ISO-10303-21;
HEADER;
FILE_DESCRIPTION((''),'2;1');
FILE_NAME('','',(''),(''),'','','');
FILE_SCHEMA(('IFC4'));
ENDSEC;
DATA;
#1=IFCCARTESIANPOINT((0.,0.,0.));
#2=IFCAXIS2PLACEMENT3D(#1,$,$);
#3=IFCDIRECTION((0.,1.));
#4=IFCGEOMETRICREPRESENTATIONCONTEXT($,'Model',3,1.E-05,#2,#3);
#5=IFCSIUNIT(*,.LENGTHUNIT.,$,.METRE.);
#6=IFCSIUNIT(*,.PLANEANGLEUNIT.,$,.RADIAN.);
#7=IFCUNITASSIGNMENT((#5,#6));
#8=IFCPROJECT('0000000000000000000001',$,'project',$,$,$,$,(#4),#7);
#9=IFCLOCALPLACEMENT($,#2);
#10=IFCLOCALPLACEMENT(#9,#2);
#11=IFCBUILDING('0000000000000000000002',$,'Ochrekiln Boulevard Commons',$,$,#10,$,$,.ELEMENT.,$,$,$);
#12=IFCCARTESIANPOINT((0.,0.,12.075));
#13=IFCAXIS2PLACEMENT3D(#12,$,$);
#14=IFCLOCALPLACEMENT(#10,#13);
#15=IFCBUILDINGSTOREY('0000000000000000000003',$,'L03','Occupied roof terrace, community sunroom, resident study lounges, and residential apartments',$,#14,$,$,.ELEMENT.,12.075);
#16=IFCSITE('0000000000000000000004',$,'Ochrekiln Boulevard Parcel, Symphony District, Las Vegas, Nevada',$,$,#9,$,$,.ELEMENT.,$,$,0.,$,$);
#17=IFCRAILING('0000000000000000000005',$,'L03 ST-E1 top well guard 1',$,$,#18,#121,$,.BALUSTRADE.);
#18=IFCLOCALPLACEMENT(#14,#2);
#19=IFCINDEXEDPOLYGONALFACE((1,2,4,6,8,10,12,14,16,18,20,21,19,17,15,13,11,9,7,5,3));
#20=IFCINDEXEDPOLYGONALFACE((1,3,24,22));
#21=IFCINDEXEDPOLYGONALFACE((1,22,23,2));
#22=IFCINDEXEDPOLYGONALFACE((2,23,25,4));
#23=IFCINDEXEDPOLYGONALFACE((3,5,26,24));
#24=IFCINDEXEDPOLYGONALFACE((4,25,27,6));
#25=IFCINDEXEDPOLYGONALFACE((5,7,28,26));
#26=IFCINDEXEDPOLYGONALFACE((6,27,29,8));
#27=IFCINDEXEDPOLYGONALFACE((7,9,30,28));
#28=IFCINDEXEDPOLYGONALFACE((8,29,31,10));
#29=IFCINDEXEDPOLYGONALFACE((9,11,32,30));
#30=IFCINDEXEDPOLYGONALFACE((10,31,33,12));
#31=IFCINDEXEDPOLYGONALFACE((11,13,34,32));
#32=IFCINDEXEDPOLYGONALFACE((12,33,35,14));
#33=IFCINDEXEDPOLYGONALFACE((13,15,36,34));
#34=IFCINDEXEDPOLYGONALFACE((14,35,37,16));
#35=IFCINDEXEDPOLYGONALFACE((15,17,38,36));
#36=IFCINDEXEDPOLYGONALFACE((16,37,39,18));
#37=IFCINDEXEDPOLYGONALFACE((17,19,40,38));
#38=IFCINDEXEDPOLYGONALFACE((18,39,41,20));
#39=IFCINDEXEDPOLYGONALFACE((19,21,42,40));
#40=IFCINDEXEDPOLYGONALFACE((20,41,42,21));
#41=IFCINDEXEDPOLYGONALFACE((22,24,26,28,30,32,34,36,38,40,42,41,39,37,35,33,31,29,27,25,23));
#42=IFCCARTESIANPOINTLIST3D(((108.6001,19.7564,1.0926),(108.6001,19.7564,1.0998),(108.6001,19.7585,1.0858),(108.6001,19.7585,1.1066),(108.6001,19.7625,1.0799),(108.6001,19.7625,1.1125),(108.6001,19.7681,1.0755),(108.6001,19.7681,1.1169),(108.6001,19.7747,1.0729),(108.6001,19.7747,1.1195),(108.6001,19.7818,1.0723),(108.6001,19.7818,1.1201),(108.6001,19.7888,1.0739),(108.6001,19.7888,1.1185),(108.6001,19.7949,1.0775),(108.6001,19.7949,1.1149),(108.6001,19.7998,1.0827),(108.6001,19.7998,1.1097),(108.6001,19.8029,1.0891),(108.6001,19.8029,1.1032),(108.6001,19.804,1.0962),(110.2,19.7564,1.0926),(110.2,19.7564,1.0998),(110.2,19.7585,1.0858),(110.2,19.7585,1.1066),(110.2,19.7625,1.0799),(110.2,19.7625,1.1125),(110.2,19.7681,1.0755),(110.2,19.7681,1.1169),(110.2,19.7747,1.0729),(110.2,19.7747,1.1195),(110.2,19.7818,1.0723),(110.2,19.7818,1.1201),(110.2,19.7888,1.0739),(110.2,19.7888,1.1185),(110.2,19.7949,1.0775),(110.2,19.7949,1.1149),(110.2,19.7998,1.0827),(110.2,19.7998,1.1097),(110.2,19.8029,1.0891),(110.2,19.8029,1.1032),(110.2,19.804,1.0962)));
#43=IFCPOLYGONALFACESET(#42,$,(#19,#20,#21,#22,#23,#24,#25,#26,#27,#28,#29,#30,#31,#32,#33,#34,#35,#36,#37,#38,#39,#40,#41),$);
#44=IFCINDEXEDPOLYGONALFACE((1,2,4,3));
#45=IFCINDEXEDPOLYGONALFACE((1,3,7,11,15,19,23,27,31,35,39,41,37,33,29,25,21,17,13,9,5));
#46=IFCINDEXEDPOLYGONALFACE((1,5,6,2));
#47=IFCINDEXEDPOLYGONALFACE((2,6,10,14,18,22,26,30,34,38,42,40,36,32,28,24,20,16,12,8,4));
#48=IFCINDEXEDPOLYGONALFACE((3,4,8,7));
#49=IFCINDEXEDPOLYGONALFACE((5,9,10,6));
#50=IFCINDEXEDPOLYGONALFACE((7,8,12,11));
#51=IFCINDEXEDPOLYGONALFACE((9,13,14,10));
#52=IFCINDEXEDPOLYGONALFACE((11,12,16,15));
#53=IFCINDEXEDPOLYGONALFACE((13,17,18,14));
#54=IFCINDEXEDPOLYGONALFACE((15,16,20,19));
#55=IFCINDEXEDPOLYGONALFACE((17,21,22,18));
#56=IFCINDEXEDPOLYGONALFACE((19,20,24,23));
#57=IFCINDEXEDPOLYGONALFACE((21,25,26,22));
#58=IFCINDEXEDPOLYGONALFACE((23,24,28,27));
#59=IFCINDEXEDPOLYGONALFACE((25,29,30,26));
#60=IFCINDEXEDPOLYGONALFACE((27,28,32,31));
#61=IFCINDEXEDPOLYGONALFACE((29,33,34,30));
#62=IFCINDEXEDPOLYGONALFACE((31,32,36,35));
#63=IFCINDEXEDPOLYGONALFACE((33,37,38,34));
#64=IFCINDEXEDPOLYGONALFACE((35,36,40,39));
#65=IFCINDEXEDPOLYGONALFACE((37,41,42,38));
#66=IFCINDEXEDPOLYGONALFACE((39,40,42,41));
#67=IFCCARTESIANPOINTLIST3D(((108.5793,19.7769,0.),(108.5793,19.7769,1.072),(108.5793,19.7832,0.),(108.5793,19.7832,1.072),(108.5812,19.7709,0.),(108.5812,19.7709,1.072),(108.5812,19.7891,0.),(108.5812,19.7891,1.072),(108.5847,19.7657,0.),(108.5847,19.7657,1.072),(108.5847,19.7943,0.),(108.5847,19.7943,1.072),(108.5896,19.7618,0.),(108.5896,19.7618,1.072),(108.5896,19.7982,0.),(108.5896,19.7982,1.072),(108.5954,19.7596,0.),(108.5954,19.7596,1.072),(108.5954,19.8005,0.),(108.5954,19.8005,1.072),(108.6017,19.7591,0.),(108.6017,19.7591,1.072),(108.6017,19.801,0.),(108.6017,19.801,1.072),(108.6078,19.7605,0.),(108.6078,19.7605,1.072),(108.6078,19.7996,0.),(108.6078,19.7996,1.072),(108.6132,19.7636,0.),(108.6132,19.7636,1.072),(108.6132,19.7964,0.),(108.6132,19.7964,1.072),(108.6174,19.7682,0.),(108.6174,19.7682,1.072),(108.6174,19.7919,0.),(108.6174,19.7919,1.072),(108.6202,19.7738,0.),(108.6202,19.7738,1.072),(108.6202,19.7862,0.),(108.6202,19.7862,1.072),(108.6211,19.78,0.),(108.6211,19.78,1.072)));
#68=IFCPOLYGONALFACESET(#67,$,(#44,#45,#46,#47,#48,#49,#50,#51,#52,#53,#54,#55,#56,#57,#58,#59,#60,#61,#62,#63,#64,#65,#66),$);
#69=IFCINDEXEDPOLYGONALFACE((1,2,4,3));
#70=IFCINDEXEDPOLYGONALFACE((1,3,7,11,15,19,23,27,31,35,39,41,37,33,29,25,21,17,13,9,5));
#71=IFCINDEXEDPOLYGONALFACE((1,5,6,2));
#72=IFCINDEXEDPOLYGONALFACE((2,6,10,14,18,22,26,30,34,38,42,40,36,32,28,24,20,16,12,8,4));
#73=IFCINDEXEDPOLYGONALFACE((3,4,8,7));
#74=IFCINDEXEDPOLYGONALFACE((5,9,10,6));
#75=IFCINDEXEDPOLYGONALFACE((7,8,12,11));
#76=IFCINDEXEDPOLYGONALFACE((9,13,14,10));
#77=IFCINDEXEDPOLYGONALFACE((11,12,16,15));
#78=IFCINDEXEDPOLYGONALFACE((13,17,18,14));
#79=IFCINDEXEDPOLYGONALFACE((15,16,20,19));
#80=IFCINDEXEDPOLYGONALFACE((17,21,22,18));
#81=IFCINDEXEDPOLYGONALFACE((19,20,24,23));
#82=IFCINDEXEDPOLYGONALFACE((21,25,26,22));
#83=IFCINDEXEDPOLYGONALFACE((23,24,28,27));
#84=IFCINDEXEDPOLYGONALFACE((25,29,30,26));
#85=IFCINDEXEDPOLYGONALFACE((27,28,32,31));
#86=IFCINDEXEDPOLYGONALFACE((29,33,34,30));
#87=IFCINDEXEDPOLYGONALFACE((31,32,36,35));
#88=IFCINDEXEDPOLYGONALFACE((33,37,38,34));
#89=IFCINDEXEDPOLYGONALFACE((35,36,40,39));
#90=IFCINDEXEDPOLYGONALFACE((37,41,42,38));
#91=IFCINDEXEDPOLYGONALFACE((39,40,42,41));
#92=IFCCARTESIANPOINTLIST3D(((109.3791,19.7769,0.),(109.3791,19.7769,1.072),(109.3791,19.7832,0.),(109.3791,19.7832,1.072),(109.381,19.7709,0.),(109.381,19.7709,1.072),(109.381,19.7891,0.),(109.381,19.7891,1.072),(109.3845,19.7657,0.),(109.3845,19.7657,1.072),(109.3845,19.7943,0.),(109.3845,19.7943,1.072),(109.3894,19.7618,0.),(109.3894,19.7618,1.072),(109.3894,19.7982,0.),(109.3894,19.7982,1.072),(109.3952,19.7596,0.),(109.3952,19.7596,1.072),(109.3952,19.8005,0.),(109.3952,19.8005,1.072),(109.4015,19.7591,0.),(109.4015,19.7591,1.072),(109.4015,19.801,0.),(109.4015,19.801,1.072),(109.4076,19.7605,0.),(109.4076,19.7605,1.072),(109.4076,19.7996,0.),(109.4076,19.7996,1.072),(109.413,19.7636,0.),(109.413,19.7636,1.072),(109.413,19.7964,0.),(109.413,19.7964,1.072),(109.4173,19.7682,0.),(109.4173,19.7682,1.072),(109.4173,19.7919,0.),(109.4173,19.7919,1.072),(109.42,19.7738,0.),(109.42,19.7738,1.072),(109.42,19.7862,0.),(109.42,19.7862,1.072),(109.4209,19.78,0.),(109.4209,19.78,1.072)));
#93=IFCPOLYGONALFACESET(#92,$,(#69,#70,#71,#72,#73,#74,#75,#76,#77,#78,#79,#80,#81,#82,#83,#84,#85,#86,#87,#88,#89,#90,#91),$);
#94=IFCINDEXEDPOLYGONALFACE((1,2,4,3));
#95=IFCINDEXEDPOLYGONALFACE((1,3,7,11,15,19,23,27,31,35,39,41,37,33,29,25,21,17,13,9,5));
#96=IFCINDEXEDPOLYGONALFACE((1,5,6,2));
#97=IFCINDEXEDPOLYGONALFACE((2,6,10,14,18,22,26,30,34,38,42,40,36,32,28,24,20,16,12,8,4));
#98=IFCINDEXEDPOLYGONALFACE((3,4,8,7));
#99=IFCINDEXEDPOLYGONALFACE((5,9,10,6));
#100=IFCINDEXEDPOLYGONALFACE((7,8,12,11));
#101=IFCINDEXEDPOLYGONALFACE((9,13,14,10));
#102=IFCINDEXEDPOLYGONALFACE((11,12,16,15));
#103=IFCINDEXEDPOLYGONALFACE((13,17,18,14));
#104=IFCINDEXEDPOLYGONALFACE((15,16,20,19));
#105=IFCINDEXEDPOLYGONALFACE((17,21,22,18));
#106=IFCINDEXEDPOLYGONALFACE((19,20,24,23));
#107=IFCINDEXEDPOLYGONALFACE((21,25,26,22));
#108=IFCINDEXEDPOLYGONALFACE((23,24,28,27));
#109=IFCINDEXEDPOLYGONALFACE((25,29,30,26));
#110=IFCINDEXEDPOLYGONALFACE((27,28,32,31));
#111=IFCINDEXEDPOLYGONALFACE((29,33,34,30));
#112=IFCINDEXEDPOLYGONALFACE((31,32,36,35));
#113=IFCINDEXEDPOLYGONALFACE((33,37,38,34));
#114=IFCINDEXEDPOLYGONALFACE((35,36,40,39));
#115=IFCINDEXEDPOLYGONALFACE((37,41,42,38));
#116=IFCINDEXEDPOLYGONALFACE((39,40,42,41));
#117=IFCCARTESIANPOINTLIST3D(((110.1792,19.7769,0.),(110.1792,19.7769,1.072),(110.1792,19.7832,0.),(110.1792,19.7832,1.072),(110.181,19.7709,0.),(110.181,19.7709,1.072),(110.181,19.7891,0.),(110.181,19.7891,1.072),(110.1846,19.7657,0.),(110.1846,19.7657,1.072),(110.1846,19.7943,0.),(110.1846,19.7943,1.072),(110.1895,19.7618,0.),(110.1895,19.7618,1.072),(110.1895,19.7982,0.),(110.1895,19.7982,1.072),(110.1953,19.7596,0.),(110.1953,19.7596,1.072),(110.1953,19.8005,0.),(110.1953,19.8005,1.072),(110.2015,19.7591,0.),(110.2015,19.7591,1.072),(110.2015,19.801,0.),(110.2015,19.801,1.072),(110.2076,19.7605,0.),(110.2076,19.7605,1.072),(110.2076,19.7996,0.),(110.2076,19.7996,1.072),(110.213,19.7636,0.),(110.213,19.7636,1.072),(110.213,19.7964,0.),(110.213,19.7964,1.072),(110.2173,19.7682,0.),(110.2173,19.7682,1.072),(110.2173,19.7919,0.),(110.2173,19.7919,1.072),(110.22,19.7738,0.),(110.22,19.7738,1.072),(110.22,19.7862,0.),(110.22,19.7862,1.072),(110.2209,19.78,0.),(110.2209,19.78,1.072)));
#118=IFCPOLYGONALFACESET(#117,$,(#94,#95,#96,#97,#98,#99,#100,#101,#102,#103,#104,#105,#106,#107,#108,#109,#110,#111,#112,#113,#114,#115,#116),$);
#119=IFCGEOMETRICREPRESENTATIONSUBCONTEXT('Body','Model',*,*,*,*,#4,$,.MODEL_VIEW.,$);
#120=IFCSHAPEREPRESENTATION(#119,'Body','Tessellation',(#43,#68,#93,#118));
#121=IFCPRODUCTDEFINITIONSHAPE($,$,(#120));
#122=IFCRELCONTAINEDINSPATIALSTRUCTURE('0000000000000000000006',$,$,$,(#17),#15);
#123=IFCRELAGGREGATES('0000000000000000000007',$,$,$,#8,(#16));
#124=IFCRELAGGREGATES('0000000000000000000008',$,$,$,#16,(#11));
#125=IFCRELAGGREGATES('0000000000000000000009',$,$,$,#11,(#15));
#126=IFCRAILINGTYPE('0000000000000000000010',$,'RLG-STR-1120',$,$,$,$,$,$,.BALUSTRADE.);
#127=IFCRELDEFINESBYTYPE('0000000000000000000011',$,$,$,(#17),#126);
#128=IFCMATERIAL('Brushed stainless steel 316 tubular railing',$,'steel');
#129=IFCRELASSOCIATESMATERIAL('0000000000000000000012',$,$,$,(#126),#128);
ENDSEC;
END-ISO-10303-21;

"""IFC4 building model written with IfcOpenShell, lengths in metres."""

from ifc_helpers import new_model, si_unit, direction, frame, origin, origin_2d, place, context, subcontext, project, spatial, circle, extrude, material, type_object, element, save


model = new_model("IFC4")

# Units and contexts
model_context = context("Model", 3, precision=1e-05, world=origin(), true_north=direction((0.0, 1.0)))
body_context = subcontext(model_context, "Body", "Model", "MODEL_VIEW")
ifc_project = project(units=[si_unit("LENGTHUNIT", "METRE"), si_unit("PLANEANGLEUNIT", "RADIAN")], contexts=[model_context])

# Site, building, storey
site_placement = place(None, origin())
site = spatial("IfcSite", under=ifc_project, at=site_placement, Name="Ochrekiln Boulevard Parcel, Symphony District, Las Vegas, Nevada", CompositionType="ELEMENT", RefElevation=0.0)
building_placement = place(site_placement, origin())
building = spatial("IfcBuilding", under=site, at=building_placement, Name="Ochrekiln Boulevard Commons", CompositionType="ELEMENT")
storey_placement = place(building_placement, frame((0.0, 0.0, 12.075)))
storey = spatial("IfcBuildingStorey", under=building, at=storey_placement, Name="L03", Description="Occupied roof terrace, community sunroom, resident study lounges, and residential apartments", CompositionType="ELEMENT", Elevation=12.075)

# Railing
ifc_material_1 = material(Name="Brushed stainless steel 316 tubular railing", Category="steel")
railing_type_1 = type_object("IfcRailingType", Name="RLG-STR-1120", PredefinedType="BALUSTRADE", material=ifc_material_1)
railing_1_placement = place(storey_placement, frame((108.6001, 19.78, 0.0)))
element("IfcRailing", 1, at=railing_1_placement, inside=storey, type_object=railing_type_1, Name="L03 ST-E1 top well guard 1", PredefinedType="BALUSTRADE", context=body_context, shape_type="SweptSolid", body=[
    extrude(circle(Radius=0.0239, at=origin_2d()), frame((0.0, 0.0, 1.0962), z_axis=(1.0, 0.0, 0.0), x_axis=(0.0, 1.0, 0.0)), (0.0, 0.0, 1.0), 1.5999),
    extrude(circle(Radius=0.021, at=origin_2d()), origin(), (0.0, 0.0, 1.0), 1.072),
    extrude(circle(Radius=0.021, at=origin_2d()), frame((0.7998, 0.0, 0.0)), (0.0, 0.0, 1.0), 1.072),
    extrude(circle(Radius=0.021, at=origin_2d()), frame((1.5999, 0.0, 0.0)), (0.0, 0.0, 1.0), 1.072),
])

save(model, "model.ifc")
